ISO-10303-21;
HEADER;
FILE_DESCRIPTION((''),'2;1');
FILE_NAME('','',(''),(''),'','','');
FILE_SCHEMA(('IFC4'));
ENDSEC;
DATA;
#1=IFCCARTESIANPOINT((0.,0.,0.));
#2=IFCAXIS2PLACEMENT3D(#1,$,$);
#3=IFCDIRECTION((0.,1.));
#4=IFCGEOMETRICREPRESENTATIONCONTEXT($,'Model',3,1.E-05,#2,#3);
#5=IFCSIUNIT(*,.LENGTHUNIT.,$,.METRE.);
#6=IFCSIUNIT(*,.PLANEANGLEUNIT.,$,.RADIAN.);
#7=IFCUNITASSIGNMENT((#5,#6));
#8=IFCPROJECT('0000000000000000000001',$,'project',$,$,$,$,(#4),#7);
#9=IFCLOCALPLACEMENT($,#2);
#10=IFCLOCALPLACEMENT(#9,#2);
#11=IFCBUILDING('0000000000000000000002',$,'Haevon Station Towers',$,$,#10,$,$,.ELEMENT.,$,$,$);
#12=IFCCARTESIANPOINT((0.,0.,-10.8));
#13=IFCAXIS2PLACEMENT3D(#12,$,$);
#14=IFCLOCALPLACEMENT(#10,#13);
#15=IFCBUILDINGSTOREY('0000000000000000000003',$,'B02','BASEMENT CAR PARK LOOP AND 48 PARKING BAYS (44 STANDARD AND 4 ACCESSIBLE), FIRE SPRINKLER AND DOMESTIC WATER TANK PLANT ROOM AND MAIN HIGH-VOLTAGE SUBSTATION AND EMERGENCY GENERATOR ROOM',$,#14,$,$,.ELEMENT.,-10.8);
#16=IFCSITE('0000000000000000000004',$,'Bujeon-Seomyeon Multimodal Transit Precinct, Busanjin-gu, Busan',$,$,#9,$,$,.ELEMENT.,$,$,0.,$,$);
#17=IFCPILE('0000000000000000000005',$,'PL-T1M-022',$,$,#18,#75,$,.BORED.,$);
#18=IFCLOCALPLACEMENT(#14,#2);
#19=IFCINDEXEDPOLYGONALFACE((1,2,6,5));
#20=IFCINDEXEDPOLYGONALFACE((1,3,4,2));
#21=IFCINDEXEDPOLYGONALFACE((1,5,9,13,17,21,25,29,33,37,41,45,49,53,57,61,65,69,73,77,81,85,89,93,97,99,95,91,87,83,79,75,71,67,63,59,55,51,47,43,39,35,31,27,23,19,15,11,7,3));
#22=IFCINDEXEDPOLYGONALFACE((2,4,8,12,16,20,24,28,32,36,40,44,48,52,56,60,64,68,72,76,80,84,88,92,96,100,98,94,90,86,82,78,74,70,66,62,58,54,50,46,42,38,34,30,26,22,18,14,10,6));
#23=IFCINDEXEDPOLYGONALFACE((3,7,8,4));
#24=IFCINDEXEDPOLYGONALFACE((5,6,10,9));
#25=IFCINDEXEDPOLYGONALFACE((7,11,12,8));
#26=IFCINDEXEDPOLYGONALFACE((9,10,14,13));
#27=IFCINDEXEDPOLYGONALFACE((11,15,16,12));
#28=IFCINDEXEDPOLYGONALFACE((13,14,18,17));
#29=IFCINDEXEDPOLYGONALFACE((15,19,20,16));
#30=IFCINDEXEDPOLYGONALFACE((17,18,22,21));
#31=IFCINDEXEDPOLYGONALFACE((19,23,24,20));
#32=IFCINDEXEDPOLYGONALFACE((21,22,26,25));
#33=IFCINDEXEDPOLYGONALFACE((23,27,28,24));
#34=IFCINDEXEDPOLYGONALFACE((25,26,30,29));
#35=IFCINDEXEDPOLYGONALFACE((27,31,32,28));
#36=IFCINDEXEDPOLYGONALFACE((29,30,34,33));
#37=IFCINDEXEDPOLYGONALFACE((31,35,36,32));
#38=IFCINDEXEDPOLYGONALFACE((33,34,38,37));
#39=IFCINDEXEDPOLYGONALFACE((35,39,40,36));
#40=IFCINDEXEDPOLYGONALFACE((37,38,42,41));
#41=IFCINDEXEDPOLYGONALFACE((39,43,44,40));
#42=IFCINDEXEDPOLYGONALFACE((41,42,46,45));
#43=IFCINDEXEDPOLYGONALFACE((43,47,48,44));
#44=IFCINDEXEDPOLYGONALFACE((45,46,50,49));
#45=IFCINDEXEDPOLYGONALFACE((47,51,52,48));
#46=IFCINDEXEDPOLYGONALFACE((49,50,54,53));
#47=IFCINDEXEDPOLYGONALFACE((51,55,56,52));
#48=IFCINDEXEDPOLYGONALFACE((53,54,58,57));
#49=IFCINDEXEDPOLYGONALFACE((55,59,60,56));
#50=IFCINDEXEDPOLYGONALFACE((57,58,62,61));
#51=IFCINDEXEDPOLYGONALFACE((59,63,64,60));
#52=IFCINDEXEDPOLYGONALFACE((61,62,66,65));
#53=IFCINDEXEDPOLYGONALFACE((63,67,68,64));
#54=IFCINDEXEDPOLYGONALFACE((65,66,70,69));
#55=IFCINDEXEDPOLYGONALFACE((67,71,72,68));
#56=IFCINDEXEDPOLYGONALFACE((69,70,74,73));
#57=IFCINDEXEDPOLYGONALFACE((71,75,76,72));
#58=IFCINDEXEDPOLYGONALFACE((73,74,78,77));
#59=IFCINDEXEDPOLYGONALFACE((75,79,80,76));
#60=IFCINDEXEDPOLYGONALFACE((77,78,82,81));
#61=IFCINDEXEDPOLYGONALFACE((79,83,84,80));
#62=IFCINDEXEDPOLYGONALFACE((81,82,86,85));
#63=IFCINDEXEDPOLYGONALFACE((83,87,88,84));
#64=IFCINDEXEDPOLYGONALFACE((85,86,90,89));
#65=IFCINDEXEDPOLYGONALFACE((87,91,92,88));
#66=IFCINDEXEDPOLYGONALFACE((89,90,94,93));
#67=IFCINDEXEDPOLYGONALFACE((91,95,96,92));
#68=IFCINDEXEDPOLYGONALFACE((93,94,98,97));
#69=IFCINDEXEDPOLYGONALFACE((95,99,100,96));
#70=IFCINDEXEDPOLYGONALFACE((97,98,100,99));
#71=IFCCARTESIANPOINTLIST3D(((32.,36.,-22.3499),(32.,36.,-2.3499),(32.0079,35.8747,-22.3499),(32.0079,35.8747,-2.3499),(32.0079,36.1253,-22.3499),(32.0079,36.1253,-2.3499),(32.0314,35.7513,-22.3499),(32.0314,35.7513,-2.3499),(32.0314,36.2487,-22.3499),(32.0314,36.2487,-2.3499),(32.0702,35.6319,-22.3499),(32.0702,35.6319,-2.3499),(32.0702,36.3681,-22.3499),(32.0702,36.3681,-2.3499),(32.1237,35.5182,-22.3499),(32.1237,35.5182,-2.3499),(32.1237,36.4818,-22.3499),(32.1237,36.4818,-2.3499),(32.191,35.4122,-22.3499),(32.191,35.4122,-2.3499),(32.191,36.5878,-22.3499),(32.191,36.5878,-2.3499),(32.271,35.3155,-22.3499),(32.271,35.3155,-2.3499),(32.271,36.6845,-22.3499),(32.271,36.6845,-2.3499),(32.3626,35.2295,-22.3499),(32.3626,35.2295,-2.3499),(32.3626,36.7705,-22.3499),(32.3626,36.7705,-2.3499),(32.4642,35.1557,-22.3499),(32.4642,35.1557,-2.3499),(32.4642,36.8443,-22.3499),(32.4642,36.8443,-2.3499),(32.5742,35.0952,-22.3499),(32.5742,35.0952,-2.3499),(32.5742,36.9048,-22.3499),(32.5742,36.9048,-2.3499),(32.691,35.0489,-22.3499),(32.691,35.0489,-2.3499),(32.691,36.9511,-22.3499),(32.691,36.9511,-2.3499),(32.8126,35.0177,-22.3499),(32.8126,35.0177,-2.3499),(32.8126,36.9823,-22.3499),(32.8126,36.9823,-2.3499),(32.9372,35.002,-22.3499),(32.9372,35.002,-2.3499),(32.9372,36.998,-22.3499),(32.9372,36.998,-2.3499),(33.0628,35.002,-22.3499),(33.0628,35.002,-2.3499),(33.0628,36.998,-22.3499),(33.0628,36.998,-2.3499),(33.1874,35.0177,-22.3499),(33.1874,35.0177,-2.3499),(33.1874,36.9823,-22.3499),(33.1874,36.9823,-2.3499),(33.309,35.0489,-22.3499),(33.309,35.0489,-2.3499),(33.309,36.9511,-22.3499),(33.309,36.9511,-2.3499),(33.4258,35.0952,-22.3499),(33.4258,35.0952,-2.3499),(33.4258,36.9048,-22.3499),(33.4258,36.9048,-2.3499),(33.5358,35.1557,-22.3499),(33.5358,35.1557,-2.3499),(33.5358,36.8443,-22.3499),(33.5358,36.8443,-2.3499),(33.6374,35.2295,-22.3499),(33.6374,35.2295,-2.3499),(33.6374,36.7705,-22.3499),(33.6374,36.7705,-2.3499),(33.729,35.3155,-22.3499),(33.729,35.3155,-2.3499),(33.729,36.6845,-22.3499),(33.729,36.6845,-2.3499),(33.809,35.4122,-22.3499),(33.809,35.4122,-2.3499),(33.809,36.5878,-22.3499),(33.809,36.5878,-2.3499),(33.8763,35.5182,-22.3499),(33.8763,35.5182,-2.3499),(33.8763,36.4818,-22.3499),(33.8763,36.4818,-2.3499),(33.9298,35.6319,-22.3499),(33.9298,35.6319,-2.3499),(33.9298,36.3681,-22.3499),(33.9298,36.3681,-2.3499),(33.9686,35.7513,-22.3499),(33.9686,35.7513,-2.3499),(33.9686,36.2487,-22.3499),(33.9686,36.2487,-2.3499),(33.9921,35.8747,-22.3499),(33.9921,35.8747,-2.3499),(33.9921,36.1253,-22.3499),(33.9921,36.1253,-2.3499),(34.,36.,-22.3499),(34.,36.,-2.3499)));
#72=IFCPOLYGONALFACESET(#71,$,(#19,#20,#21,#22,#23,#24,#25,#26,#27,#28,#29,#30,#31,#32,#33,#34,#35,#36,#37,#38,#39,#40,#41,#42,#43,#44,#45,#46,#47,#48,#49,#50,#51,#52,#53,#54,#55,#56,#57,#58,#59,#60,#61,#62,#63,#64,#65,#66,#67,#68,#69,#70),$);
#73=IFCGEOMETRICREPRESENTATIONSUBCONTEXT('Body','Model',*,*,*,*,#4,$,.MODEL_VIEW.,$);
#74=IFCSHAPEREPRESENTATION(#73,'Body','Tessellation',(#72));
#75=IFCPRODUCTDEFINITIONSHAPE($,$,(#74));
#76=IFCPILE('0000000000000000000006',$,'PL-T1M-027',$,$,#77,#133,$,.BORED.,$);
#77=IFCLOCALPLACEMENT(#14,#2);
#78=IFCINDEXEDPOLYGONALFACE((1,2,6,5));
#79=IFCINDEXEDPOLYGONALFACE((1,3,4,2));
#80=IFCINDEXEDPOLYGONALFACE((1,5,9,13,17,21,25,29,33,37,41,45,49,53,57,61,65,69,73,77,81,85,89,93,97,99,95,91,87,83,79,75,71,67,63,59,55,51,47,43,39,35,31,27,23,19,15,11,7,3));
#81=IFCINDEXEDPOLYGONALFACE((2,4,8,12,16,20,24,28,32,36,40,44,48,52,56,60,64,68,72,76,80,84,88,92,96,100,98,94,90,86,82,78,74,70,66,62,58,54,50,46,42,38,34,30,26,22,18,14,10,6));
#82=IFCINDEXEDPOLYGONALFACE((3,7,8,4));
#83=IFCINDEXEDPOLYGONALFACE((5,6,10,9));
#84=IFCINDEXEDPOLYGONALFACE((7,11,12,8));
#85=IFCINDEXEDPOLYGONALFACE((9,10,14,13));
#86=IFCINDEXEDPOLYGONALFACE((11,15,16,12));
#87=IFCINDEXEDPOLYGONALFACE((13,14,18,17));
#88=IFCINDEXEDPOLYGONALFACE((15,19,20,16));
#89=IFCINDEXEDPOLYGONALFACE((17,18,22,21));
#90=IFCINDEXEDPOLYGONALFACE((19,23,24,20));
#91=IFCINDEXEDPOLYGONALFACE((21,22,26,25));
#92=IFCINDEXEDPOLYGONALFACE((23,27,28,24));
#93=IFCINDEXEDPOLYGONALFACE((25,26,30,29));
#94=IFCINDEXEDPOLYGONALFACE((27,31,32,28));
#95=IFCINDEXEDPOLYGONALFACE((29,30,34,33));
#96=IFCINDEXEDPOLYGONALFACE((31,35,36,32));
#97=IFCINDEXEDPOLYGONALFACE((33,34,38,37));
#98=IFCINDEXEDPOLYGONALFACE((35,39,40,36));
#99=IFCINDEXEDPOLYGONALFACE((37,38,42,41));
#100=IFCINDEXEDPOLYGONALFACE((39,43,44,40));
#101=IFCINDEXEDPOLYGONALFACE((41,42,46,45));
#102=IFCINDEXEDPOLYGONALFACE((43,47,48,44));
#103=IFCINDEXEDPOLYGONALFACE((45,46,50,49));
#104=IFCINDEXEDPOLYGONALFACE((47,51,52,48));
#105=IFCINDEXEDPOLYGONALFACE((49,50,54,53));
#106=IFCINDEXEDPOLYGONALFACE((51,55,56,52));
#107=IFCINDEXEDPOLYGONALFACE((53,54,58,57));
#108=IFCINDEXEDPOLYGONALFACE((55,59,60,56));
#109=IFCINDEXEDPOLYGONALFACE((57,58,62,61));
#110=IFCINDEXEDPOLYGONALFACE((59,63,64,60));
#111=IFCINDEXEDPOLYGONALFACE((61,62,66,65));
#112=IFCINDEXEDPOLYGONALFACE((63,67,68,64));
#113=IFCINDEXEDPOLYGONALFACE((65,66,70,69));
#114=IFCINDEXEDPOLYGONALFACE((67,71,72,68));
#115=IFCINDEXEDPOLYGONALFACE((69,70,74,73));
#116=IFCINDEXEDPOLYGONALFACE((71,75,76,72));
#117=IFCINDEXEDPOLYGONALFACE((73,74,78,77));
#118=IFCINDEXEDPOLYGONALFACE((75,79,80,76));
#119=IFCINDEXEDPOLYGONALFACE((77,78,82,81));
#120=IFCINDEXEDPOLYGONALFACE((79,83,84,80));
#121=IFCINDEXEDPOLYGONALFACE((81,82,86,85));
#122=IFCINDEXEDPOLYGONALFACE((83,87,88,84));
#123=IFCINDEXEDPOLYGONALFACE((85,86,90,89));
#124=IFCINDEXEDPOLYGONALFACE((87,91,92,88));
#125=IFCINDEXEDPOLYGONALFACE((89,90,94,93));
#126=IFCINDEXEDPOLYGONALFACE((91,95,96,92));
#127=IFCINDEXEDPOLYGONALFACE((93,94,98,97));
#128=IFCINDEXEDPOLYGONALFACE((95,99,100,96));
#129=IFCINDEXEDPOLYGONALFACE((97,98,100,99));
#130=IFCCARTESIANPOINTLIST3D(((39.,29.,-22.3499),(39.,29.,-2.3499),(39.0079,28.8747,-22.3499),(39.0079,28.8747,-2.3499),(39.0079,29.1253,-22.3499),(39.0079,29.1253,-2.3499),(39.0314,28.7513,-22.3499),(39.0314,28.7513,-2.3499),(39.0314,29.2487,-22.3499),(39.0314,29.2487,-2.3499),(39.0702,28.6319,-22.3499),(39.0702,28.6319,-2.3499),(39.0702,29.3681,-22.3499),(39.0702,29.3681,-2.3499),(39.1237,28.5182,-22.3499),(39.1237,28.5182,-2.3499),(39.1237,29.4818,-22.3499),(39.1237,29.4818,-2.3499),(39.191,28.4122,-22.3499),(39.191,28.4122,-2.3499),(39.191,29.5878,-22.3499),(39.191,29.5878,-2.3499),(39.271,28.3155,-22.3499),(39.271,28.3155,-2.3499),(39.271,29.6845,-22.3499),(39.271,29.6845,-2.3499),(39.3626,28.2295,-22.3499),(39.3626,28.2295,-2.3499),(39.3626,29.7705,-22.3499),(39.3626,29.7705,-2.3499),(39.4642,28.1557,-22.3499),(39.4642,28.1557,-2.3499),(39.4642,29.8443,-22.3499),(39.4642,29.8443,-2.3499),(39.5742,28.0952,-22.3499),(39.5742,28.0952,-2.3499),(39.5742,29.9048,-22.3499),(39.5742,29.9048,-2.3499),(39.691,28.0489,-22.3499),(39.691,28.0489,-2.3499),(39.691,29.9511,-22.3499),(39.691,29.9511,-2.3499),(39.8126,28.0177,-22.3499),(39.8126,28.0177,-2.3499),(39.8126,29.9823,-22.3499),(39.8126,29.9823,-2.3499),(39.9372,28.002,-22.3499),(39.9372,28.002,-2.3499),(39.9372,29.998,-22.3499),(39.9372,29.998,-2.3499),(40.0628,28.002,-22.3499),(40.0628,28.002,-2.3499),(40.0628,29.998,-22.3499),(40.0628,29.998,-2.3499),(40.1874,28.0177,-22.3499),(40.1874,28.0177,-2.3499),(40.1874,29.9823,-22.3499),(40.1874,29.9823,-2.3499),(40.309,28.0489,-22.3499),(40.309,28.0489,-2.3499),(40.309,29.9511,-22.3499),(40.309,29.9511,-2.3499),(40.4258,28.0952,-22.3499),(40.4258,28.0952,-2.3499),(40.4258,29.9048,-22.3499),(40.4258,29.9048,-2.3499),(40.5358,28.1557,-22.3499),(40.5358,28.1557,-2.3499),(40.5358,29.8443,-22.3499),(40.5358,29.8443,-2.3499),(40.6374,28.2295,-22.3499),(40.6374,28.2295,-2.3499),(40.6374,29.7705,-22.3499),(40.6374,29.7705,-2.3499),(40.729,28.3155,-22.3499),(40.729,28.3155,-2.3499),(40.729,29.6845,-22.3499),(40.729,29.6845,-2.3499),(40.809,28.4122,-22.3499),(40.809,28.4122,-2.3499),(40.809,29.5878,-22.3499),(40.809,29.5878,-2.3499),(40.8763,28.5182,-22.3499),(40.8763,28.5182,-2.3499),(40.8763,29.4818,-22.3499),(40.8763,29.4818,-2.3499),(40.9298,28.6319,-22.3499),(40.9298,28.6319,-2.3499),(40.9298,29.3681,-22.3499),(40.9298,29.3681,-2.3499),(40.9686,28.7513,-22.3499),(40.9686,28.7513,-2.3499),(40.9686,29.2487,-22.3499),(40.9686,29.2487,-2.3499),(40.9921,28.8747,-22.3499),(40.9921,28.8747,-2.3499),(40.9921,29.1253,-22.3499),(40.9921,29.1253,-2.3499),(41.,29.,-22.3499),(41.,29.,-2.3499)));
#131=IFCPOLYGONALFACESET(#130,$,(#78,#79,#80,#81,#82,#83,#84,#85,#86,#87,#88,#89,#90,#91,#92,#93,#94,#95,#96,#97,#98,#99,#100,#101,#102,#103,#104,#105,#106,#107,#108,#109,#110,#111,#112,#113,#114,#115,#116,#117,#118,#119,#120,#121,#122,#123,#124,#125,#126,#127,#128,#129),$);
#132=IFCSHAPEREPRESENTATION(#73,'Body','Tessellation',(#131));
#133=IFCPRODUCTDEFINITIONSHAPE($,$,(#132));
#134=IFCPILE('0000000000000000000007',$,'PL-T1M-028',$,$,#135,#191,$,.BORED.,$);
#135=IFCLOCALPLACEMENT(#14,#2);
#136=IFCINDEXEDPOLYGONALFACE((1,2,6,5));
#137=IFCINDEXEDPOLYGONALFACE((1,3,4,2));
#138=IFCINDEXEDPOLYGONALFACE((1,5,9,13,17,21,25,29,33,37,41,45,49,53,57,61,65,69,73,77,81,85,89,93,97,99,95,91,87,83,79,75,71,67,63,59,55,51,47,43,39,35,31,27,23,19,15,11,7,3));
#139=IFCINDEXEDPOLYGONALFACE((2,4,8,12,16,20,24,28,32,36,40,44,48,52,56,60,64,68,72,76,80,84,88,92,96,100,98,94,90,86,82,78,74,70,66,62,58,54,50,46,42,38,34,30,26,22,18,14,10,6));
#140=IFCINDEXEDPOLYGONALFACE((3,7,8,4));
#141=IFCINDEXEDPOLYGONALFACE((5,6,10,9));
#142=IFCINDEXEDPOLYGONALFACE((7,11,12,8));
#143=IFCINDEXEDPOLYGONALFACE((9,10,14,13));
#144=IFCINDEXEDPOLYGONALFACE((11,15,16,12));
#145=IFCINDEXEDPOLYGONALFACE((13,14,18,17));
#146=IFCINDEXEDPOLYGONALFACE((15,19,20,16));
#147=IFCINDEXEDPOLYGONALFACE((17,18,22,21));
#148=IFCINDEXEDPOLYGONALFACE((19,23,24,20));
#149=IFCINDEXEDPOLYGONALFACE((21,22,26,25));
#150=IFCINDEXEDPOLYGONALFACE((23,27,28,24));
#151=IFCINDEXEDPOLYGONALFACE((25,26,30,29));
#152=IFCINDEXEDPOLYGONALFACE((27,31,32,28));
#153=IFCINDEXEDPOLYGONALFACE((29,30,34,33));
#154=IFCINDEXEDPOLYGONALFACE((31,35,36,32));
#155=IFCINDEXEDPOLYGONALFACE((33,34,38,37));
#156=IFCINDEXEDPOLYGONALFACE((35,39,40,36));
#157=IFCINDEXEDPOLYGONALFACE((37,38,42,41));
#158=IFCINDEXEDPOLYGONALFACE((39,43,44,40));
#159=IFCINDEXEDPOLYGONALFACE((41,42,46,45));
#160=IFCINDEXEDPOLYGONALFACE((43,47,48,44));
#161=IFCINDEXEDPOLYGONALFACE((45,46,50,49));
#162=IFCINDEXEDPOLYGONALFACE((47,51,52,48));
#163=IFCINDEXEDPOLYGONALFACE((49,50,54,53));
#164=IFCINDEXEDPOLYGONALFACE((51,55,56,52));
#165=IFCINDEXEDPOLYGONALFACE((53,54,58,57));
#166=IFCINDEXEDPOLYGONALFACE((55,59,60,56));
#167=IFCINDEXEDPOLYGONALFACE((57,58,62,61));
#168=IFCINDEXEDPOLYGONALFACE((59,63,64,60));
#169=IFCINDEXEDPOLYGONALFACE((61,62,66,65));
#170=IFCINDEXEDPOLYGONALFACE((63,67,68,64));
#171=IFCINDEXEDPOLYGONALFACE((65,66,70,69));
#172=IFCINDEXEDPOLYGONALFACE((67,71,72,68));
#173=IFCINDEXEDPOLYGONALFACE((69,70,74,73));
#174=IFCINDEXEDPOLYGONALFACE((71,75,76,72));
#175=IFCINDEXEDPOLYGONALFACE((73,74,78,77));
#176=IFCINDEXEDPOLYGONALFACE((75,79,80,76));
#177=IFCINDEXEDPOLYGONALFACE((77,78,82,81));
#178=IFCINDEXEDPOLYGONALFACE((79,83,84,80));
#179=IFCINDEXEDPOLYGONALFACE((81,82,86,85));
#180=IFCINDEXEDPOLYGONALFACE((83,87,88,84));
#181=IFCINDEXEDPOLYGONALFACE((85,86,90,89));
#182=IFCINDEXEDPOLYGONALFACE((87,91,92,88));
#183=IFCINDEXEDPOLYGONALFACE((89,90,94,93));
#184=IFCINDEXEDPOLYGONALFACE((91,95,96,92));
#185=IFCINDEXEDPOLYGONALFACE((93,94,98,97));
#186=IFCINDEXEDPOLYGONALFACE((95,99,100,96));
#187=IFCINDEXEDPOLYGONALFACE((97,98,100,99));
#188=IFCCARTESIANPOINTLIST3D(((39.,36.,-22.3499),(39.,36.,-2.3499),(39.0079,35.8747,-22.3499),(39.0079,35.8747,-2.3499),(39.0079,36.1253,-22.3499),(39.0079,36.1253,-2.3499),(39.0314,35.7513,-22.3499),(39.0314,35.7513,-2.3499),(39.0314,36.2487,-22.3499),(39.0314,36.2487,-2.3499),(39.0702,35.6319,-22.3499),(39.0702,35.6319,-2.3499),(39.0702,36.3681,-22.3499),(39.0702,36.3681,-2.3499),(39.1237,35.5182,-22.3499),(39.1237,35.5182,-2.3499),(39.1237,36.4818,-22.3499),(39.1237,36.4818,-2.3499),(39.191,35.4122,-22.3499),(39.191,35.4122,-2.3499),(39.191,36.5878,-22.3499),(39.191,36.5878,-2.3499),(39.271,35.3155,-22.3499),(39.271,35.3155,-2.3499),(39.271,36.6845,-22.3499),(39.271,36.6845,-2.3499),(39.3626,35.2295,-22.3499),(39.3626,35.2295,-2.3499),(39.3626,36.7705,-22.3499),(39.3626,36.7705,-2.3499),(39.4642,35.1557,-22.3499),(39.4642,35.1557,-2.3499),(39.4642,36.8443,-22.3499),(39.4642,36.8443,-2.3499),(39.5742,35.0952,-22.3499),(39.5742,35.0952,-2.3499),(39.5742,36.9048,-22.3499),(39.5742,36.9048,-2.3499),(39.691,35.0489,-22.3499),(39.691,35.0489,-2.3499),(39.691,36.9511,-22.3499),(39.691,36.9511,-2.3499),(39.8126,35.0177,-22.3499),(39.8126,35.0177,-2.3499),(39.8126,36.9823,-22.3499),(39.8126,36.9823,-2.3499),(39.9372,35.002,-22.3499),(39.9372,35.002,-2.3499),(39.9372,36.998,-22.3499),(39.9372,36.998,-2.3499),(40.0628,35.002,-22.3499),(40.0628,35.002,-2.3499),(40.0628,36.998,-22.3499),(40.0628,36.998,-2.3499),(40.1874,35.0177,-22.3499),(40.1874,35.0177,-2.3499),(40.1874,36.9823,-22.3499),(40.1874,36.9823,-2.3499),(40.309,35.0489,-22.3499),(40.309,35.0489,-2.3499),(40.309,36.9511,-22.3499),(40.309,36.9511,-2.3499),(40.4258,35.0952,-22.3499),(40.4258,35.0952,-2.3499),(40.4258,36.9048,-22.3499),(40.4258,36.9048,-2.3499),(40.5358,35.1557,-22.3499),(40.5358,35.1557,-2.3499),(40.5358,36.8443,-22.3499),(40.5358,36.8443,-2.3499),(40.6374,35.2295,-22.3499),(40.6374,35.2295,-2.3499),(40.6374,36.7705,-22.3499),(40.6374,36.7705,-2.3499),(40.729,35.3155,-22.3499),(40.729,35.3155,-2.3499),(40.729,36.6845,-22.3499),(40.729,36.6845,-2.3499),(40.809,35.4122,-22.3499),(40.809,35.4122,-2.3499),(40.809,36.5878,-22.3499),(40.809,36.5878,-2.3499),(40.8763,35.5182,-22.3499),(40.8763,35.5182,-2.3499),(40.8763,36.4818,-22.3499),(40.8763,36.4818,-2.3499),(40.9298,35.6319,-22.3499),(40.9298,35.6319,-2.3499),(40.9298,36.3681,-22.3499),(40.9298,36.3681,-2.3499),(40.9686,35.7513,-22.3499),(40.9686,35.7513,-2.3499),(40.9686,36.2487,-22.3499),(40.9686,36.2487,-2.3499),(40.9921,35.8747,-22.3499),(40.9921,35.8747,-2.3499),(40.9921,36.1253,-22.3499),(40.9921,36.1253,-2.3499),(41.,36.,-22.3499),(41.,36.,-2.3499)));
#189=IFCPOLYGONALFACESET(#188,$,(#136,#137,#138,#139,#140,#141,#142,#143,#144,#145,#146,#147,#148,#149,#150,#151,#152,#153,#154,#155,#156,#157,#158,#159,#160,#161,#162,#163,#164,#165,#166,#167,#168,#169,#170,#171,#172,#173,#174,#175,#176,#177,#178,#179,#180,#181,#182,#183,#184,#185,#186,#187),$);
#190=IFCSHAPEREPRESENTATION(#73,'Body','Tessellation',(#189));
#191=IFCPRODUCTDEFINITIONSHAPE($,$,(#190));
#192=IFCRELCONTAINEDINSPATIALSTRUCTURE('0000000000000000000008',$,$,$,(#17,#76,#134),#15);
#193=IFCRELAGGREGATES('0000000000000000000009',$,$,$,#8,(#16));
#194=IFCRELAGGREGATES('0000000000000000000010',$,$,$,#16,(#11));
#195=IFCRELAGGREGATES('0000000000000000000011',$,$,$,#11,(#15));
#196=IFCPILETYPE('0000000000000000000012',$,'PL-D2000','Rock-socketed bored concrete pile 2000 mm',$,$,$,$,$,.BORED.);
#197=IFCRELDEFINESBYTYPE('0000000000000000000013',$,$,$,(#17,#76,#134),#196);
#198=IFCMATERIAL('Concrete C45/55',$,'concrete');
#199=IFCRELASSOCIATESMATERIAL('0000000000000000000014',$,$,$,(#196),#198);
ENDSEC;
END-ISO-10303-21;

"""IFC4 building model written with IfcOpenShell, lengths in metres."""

from ifc_helpers import new_model, si_unit, direction, frame, origin, origin_2d, place, context, subcontext, project, spatial, circle, extrude, material, material_profile, profile_set, type_object, element, save


model = new_model("IFC4")

# Units and contexts
model_context = context("Model", 3, precision=1e-05, world=origin(), true_north=direction((0.0, 1.0)))
body_context = subcontext(model_context, "Body", "Model", "MODEL_VIEW")
ifc_project = project(units=[si_unit("LENGTHUNIT", "METRE"), si_unit("PLANEANGLEUNIT", "RADIAN")], contexts=[model_context])

# Site, building, storey
site_placement = place(None, origin())
site = spatial("IfcSite", under=ifc_project, at=site_placement, Name="Bujeon-Seomyeon Multimodal Transit Precinct, Busanjin-gu, Busan", CompositionType="ELEMENT", RefElevation=0.0)
building_placement = place(site_placement, origin())
building = spatial("IfcBuilding", under=site, at=building_placement, Name="Haevon Station Towers", CompositionType="ELEMENT")
storey_placement = place(building_placement, frame((0.0, 0.0, -10.8)))
storey = spatial("IfcBuildingStorey", under=building, at=storey_placement, Name="B02", Description="BASEMENT CAR PARK LOOP AND 48 PARKING BAYS (44 STANDARD AND 4 ACCESSIBLE), FIRE SPRINKLER AND DOMESTIC WATER TANK PLANT ROOM AND MAIN HIGH-VOLTAGE SUBSTATION AND EMERGENCY GENERATOR ROOM", CompositionType="ELEMENT", Elevation=-10.8)

# Piles
ifc_material_1 = material(Name="Concrete C45/55", Category="concrete")
ifc_material_profile_1 = material_profile(ifc_material_1, circle(Radius=1.0, at=origin_2d()), Name="PILE-D2000")
ifc_profile_set_1 = profile_set([ifc_material_profile_1], Name="Concrete C45/55")
pile_type = type_object("IfcPileType", Name="PL-D2000", Description="Rock-socketed bored concrete pile 2000 mm", PredefinedType="BORED", material=ifc_profile_set_1)
for number, where, z_axis, x_axis, name in (
    (1, (33.0, 36.0, -2.3499), (0.0, 0.0, -1.0), (1.0, 0.0, 0.0), "PL-T1M-022"),
    (2, (40.0, 29.0, -2.3499), (0.0, 0.0, -1.0), (1.0, 0.0, 0.0), "PL-T1M-027"),
    (3, (40.0, 36.0, -2.3499), (0.0, 0.0, -1.0), (1.0, 0.0, 0.0), "PL-T1M-028"),
):
    element("IfcPile", number, at=place(storey_placement, frame(where, z_axis=z_axis, x_axis=x_axis)), inside=storey, type_object=pile_type, Name=name, PredefinedType="BORED", context=body_context, shape_type="SweptSolid", body=[
        extrude(circle(Radius=1.0, at=origin_2d()), origin(), (0.0, 0.0, 1.0), 20.0),
    ])

save(model, "model.ifc")
